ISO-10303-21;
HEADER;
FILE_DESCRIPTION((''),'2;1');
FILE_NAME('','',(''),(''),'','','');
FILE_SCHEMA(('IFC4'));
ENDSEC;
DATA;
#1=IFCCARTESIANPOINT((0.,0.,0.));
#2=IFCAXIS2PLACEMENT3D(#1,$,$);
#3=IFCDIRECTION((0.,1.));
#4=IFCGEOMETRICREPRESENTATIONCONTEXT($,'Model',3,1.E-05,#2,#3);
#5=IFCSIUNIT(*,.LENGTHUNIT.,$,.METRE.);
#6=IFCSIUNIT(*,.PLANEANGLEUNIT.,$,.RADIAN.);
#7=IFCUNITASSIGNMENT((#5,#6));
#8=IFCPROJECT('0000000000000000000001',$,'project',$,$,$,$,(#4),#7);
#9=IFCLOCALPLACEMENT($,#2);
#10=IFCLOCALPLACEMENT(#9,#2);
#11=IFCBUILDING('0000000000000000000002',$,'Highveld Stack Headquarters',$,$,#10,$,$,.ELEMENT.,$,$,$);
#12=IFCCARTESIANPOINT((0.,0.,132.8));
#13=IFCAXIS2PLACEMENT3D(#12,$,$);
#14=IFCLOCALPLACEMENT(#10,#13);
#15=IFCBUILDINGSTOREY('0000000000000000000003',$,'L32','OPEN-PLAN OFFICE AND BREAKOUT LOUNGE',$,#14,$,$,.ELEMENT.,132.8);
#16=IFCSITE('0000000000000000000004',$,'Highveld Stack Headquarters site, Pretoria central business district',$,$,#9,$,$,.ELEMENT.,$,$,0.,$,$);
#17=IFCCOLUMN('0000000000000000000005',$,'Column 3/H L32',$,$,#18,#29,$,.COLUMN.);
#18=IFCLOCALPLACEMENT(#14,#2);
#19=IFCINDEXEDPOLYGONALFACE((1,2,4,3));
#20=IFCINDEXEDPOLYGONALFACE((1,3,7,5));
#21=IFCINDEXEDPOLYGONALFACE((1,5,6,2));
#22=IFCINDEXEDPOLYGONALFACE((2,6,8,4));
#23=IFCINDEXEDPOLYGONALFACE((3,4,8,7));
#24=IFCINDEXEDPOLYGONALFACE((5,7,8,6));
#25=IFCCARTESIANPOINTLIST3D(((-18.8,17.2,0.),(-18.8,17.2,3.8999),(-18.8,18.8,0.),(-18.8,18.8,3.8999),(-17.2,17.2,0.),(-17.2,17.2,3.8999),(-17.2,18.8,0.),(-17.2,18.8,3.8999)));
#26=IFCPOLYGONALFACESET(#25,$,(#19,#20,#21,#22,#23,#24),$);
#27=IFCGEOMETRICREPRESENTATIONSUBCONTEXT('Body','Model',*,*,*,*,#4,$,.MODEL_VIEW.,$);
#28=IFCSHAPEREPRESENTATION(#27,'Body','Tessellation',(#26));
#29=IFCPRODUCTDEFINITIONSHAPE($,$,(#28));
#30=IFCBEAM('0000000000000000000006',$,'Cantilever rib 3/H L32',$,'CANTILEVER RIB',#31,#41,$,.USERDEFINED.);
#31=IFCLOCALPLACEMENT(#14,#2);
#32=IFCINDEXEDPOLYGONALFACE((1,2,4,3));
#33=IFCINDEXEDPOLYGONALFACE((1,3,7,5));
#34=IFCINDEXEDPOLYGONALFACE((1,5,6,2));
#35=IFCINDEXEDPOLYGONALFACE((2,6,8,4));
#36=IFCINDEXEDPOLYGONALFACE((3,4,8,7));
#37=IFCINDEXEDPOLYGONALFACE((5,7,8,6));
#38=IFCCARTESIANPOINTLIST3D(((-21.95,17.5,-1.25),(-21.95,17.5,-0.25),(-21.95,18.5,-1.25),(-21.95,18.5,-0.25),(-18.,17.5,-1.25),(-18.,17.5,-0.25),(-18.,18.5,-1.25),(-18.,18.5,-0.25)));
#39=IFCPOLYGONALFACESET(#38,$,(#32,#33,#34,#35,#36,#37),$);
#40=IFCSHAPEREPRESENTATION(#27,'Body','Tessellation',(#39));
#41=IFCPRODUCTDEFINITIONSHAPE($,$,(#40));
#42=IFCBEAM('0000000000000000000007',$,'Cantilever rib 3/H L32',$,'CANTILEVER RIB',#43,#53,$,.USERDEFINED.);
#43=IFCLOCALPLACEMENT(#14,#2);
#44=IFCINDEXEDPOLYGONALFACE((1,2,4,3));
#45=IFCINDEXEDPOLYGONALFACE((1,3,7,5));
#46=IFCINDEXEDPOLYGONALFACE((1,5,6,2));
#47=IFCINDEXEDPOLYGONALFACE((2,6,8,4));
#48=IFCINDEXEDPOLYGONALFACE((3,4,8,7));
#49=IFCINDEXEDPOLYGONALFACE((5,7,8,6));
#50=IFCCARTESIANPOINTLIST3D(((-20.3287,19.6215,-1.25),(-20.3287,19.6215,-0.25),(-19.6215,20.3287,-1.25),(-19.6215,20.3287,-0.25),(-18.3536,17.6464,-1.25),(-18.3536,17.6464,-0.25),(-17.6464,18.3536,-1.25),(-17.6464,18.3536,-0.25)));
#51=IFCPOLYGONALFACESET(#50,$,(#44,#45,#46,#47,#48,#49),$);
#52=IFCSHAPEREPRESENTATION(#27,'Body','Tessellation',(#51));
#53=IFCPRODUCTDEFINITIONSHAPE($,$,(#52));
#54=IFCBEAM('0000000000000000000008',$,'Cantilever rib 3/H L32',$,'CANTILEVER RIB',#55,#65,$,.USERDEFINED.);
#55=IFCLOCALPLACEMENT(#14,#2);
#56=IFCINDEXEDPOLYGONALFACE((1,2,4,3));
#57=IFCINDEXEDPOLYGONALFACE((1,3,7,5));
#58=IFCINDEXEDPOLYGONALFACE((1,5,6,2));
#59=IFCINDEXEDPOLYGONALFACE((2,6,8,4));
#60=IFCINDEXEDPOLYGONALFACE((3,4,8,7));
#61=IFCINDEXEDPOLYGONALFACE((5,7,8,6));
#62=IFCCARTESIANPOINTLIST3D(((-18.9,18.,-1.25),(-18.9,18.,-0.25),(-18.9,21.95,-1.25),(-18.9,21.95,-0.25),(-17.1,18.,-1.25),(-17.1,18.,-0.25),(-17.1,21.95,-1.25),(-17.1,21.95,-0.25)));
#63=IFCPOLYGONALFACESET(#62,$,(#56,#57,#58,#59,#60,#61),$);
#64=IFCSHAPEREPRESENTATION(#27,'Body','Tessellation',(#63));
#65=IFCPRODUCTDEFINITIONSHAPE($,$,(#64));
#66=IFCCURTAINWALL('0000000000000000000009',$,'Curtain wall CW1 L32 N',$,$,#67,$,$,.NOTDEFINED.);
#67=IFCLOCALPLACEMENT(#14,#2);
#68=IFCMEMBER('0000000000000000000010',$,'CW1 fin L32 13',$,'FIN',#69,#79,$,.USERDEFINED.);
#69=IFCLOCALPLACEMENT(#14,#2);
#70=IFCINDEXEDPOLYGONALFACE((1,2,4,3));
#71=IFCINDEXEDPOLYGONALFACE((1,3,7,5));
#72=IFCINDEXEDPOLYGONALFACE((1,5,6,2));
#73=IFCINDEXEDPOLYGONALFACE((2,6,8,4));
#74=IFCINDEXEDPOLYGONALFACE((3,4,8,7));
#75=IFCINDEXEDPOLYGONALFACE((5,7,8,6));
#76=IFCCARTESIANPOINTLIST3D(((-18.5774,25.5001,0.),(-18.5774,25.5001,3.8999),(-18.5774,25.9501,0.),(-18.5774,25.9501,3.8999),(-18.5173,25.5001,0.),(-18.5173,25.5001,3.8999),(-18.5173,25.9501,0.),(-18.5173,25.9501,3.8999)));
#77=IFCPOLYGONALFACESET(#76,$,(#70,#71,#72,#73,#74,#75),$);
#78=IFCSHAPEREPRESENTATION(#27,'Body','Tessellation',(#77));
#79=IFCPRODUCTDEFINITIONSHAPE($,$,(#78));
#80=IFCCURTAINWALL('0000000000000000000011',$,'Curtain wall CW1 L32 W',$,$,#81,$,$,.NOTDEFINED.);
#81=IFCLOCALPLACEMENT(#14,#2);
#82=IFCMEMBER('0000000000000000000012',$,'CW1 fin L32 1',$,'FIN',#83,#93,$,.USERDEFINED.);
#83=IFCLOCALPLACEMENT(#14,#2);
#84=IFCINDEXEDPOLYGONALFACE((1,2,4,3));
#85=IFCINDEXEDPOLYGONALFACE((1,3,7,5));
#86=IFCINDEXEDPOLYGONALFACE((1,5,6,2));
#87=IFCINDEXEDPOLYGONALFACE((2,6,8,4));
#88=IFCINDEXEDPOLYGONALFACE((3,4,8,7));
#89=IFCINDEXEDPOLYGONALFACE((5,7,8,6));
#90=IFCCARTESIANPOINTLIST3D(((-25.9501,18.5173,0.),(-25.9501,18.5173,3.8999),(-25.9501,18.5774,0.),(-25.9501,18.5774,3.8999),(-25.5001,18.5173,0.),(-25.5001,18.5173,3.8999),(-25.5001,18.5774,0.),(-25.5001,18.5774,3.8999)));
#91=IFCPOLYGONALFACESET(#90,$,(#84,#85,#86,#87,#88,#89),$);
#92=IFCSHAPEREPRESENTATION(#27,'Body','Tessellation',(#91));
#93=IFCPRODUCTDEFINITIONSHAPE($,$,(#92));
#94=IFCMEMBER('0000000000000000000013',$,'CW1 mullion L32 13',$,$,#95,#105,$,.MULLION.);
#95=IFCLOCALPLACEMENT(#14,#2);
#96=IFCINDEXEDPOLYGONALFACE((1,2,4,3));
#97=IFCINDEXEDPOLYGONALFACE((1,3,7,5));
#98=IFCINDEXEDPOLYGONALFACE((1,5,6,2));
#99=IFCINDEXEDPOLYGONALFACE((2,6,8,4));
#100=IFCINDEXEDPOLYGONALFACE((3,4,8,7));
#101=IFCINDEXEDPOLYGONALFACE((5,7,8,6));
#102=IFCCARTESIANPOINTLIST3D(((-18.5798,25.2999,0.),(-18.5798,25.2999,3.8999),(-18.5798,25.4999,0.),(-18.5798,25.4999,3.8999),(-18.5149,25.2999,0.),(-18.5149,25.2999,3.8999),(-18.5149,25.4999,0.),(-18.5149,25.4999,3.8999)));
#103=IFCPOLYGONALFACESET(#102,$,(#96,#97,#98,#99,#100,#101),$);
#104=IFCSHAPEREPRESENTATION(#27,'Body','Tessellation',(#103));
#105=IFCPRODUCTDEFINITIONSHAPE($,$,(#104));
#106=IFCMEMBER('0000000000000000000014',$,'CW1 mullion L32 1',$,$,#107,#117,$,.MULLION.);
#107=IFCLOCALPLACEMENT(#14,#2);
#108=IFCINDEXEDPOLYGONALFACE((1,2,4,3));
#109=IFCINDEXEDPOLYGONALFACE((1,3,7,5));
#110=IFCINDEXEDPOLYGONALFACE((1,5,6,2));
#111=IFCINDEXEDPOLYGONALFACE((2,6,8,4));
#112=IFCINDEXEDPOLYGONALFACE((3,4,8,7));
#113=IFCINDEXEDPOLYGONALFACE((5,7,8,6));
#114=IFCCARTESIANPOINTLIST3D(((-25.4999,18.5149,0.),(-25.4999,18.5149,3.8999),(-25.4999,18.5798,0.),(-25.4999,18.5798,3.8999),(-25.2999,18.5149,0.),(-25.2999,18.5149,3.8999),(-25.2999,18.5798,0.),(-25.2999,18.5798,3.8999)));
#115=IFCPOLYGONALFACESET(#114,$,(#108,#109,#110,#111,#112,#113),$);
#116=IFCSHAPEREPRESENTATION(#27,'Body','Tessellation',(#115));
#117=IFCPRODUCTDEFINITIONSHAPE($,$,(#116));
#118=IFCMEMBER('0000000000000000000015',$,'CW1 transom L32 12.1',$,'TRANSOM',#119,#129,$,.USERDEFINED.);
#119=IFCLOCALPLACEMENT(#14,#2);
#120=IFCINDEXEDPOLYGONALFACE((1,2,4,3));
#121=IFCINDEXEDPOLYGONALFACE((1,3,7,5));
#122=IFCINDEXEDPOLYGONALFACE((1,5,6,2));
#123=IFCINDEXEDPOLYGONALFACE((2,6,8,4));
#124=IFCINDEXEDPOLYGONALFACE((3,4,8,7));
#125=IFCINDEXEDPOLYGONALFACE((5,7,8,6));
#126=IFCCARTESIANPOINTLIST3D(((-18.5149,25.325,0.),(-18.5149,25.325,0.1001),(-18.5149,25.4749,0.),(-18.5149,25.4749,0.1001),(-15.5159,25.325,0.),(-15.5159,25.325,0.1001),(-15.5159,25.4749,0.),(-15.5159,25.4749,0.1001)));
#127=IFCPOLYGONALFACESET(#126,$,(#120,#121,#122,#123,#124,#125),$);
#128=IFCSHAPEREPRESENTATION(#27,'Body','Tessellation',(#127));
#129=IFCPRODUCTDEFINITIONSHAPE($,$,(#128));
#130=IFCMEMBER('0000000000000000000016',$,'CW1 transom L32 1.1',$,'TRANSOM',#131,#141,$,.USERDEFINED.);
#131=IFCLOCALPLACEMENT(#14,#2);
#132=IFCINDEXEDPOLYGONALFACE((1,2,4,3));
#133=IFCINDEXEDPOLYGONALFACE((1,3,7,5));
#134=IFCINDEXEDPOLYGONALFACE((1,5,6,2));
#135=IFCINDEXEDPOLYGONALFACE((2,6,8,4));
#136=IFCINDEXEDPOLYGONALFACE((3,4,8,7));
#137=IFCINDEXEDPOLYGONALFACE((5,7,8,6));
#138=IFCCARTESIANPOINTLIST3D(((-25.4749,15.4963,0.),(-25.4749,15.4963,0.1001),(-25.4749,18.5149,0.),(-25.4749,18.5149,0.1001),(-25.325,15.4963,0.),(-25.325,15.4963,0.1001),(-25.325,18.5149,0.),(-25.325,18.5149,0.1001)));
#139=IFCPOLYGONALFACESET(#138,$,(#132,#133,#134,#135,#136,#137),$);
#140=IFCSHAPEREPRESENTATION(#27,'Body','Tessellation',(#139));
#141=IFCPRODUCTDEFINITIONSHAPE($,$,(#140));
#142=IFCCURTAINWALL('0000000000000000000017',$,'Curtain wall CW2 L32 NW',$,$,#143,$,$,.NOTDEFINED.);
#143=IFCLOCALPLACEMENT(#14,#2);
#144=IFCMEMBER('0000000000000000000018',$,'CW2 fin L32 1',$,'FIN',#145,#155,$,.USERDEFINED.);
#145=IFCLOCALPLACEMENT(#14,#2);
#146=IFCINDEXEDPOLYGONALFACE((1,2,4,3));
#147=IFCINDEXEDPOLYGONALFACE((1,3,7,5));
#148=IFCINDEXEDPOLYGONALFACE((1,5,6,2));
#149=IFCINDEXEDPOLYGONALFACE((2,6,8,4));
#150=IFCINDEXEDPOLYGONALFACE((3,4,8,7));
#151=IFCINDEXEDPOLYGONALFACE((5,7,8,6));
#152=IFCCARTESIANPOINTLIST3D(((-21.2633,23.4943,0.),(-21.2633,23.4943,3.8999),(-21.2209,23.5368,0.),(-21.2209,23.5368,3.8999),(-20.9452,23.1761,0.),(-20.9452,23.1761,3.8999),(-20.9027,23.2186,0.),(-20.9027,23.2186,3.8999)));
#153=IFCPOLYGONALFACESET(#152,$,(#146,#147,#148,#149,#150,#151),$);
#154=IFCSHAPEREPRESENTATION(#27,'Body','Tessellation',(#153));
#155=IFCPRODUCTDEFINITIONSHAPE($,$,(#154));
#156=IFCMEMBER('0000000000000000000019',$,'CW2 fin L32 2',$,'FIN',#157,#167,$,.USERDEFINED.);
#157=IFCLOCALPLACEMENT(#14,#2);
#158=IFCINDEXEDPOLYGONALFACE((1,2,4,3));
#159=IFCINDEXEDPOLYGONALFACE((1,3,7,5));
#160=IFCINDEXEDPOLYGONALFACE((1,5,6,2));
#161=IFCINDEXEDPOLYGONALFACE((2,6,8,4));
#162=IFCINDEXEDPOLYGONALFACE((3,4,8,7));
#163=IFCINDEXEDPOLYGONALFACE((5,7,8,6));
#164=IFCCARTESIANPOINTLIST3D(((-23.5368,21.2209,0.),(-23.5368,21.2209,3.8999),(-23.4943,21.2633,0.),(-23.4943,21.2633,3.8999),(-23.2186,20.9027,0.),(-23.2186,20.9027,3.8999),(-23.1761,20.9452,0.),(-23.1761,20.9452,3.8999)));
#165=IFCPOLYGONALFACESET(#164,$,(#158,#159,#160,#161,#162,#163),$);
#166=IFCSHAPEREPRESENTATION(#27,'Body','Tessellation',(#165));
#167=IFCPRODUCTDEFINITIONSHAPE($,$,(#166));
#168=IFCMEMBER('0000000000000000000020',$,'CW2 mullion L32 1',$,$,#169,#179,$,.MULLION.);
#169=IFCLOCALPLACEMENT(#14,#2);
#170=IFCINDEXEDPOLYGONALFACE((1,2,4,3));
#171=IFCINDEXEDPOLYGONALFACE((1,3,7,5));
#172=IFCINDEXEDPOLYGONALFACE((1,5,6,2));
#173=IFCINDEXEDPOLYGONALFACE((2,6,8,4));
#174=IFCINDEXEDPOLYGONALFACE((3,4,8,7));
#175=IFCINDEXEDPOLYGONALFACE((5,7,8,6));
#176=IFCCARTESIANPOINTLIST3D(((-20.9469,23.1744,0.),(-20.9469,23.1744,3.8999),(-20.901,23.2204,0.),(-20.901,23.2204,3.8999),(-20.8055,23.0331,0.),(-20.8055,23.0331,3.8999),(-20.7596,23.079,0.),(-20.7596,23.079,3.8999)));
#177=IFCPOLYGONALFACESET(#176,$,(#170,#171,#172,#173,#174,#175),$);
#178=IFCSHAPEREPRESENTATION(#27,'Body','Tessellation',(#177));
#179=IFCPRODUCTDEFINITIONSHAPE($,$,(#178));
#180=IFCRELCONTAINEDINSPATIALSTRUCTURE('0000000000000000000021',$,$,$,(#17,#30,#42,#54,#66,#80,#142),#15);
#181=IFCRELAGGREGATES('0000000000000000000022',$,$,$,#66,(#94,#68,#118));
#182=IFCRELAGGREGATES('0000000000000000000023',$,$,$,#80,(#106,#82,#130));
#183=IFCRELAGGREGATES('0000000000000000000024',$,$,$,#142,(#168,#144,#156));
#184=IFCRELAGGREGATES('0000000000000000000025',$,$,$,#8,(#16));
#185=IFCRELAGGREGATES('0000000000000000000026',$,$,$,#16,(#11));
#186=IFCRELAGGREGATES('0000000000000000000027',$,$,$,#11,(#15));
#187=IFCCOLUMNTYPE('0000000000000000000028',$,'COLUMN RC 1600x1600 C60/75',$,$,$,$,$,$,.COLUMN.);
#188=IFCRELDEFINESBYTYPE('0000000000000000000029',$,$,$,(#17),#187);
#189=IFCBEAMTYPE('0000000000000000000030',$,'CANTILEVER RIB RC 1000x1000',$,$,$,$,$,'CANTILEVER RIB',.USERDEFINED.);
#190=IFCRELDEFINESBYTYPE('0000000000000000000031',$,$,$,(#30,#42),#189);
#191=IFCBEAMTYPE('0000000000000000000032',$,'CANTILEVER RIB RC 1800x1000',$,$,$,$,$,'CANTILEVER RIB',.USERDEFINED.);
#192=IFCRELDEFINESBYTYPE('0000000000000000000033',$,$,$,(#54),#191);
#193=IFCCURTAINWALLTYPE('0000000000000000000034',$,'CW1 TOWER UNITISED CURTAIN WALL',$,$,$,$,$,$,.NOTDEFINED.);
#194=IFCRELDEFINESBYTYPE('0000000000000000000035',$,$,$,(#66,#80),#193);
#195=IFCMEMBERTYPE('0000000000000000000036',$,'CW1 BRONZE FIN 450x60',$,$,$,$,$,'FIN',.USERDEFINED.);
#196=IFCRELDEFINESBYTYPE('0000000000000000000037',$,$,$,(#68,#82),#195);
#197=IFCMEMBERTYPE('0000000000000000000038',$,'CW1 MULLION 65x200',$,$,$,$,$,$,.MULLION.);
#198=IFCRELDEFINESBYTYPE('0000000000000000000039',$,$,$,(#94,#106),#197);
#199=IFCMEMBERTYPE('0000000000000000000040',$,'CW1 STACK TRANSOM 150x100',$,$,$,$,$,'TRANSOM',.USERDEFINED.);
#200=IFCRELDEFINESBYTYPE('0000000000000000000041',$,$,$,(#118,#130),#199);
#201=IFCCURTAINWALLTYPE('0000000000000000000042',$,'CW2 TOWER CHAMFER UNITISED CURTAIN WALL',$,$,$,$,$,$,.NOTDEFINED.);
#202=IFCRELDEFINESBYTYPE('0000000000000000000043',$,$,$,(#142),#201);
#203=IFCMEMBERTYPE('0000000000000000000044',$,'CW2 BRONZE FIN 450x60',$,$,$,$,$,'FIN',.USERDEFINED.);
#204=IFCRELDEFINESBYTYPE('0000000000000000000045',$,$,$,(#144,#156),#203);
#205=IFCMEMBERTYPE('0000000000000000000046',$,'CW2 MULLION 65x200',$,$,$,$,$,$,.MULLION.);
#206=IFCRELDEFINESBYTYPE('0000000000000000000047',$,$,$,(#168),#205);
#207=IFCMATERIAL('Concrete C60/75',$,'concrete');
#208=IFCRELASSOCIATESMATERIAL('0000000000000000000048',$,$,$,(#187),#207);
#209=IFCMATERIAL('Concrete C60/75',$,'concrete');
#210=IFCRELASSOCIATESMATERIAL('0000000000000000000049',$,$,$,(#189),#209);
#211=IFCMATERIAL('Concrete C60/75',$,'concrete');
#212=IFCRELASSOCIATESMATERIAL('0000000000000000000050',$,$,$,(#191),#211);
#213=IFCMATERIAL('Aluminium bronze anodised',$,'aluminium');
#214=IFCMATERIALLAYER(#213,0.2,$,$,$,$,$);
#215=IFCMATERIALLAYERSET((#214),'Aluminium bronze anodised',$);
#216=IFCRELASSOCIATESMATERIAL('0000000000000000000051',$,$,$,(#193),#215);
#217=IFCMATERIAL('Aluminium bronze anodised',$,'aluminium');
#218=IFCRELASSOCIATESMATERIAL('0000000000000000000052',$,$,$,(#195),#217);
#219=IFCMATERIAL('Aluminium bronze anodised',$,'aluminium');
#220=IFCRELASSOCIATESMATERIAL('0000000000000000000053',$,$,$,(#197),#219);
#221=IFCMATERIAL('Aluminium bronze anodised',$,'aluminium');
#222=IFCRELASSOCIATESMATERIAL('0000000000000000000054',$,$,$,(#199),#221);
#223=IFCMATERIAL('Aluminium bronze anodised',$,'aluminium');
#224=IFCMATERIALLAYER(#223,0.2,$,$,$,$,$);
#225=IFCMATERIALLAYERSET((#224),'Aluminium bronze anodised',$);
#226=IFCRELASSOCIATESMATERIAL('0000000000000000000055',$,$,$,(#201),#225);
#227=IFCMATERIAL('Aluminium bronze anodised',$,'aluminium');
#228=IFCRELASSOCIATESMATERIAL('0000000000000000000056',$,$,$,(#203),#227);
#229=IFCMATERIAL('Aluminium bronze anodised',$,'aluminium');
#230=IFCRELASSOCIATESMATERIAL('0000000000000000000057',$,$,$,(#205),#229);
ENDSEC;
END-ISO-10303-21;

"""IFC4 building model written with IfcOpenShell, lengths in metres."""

from ifc_helpers import new_model, si_unit, direction, frame, origin, origin_2d, place, context, subcontext, project, spatial, rectangle, extrude, material, layer, layer_set, material_profile, profile_set, type_object, element, aggregate, save


model = new_model("IFC4")

# Units and contexts
model_context = context("Model", 3, precision=1e-05, world=origin(), true_north=direction((0.0, 1.0)))
body_context = subcontext(model_context, "Body", "Model", "MODEL_VIEW")
ifc_project = project(units=[si_unit("LENGTHUNIT", "METRE"), si_unit("PLANEANGLEUNIT", "RADIAN")], contexts=[model_context])

# Site, building, storey
site_placement = place(None, origin())
site = spatial("IfcSite", under=ifc_project, at=site_placement, Name="Highveld Stack Headquarters site, Pretoria central business district", CompositionType="ELEMENT", RefElevation=0.0)
building_placement = place(site_placement, origin())
building = spatial("IfcBuilding", under=site, at=building_placement, Name="Highveld Stack Headquarters", CompositionType="ELEMENT")
storey_placement = place(building_placement, frame((0.0, 0.0, 132.8)))
storey = spatial("IfcBuildingStorey", under=building, at=storey_placement, Name="L32", Description="OPEN-PLAN OFFICE AND BREAKOUT LOUNGE", CompositionType="ELEMENT", Elevation=132.8)

# Column
ifc_material_1 = material(Name="Concrete C60/75", Category="concrete")
ifc_material_profile_1 = material_profile(ifc_material_1, rectangle(XDim=1.6001, YDim=1.6001, at=origin_2d()), Name="RC 1600x1600")
ifc_profile_set_1 = profile_set([ifc_material_profile_1], Name="Concrete C60/75")
column_type = type_object("IfcColumnType", Name="COLUMN RC 1600x1600 C60/75", PredefinedType="COLUMN", material=ifc_profile_set_1)
column_placement = place(storey_placement, frame((-18.0, 18.0, 0.0), z_axis=(0.0, 0.0, 1.0), x_axis=(1.0, 0.0, 0.0)))
element("IfcColumn", 1, at=column_placement, inside=storey, type_object=column_type, Name="Column 3/H L32", PredefinedType="COLUMN", context=body_context, shape_type="SweptSolid", body=[
    extrude(rectangle(XDim=1.6001, YDim=1.6001, at=origin_2d()), origin(), (0.0, 0.0, 1.0), 3.8999),
])

# Beams
ifc_material_2 = material(Name="Concrete C60/75", Category="concrete")
ifc_material_profile_2 = material_profile(ifc_material_2, rectangle(XDim=1.0, YDim=1.0, at=origin_2d()), Name="RC 1000x1000")
ifc_profile_set_2 = profile_set([ifc_material_profile_2], Name="Concrete C60/75")
beam_type_1 = type_object("IfcBeamType", Name="CANTILEVER RIB RC 1000x1000", ElementType="CANTILEVER RIB", PredefinedType="USERDEFINED", material=ifc_profile_set_2)
beam_1_placement = place(storey_placement, frame((-18.0, 18.0, -0.75), z_axis=(-1.0, 0.0, 0.0), x_axis=(0.0, -1.0, 0.0)))
element("IfcBeam", 2, at=beam_1_placement, inside=storey, type_object=beam_type_1, Name="Cantilever rib 3/H L32", ObjectType="CANTILEVER RIB", PredefinedType="USERDEFINED", context=body_context, shape_type="SweptSolid", body=[
    extrude(rectangle(XDim=1.0, YDim=1.0, at=origin_2d()), origin(), (0.0, 0.0, 1.0), 3.95),
])
beam_2_placement = place(storey_placement, frame((-18.0, 18.0, -0.75), z_axis=(-0.707107, 0.707107, 0.0), x_axis=(-0.707107, -0.707107, 0.0)))
element("IfcBeam", 3, at=beam_2_placement, inside=storey, type_object=beam_type_1, Name="Cantilever rib 3/H L32", ObjectType="CANTILEVER RIB", PredefinedType="USERDEFINED", context=body_context, shape_type="SweptSolid", body=[
    extrude(rectangle(XDim=1.0, YDim=1.0, at=origin_2d()), origin(), (0.0, 0.0, 1.0), 2.7932),
])
ifc_material_3 = material(Name="Concrete C60/75", Category="concrete")
ifc_material_profile_3 = material_profile(ifc_material_3, rectangle(XDim=1.8, YDim=1.0, at=origin_2d()), Name="RC 1800x1000")
ifc_profile_set_3 = profile_set([ifc_material_profile_3], Name="Concrete C60/75")
beam_type_2 = type_object("IfcBeamType", Name="CANTILEVER RIB RC 1800x1000", ElementType="CANTILEVER RIB", PredefinedType="USERDEFINED", material=ifc_profile_set_3)
beam_3_placement = place(storey_placement, frame((-18.0, 18.0, -0.75), z_axis=(0.0, 1.0, 0.0), x_axis=(-1.0, 0.0, 0.0)))
element("IfcBeam", 4, at=beam_3_placement, inside=storey, type_object=beam_type_2, Name="Cantilever rib 3/H L32", ObjectType="CANTILEVER RIB", PredefinedType="USERDEFINED", context=body_context, shape_type="SweptSolid", body=[
    extrude(rectangle(XDim=1.8, YDim=1.0, at=origin_2d()), origin(), (0.0, 0.0, 1.0), 3.95),
])

# Curtain walls, members
ifc_material_4 = material(Name="Aluminium bronze anodised", Category="aluminium")
ifc_layer_1 = layer(ifc_material_4, 0.2)
ifc_layer_set_1 = layer_set([ifc_layer_1], Name="Aluminium bronze anodised")
curtain_wall_type_1 = type_object("IfcCurtainWallType", Name="CW1 TOWER UNITISED CURTAIN WALL", PredefinedType="NOTDEFINED", material=ifc_layer_set_1)
curtain_wall_1_placement = place(storey_placement, origin())
curtain_wall_1 = element("IfcCurtainWall", 5, at=curtain_wall_1_placement, inside=storey, type_object=curtain_wall_type_1, Name="Curtain wall CW1 L32 N", PredefinedType="NOTDEFINED")
ifc_material_5 = material(Name="Aluminium bronze anodised", Category="aluminium")
ifc_material_profile_4 = material_profile(ifc_material_5, rectangle(XDim=0.45, YDim=0.0601, at=origin_2d()), Name="FIN 450x60")
ifc_profile_set_4 = profile_set([ifc_material_profile_4], Name="Aluminium bronze anodised")
member_type_1 = type_object("IfcMemberType", Name="CW1 BRONZE FIN 450x60", ElementType="FIN", PredefinedType="USERDEFINED", material=ifc_profile_set_4)
member_1_placement = place(storey_placement, frame((-18.5474, 25.7251, 0.0), z_axis=(0.0, 0.0, 1.0), x_axis=(0.0, -1.0, 0.0)))
member_1 = element("IfcMember", 6, at=member_1_placement, type_object=member_type_1, Name="CW1 fin L32 13", ObjectType="FIN", PredefinedType="USERDEFINED", context=body_context, shape_type="SweptSolid", body=[
    extrude(rectangle(XDim=0.45, YDim=0.0601, at=origin_2d()), origin(), (0.0, 0.0, 1.0), 3.8999),
])
curtain_wall_2_placement = place(storey_placement, origin())
curtain_wall_2 = element("IfcCurtainWall", 7, at=curtain_wall_2_placement, inside=storey, type_object=curtain_wall_type_1, Name="Curtain wall CW1 L32 W", PredefinedType="NOTDEFINED")
member_2_placement = place(storey_placement, frame((-25.7251, 18.5474, 0.0), z_axis=(0.0, 0.0, 1.0), x_axis=(1.0, 0.0, 0.0)))
member_2 = element("IfcMember", 8, at=member_2_placement, type_object=member_type_1, Name="CW1 fin L32 1", ObjectType="FIN", PredefinedType="USERDEFINED", context=body_context, shape_type="SweptSolid", body=[
    extrude(rectangle(XDim=0.45, YDim=0.0601, at=origin_2d()), origin(), (0.0, 0.0, 1.0), 3.8999),
])

# Members
ifc_material_6 = material(Name="Aluminium bronze anodised", Category="aluminium")
ifc_material_profile_5 = material_profile(ifc_material_6, rectangle(XDim=0.2, YDim=0.0649, at=origin_2d()), Name="CW1 MULLION 65x200")
ifc_profile_set_5 = profile_set([ifc_material_profile_5], Name="Aluminium bronze anodised")
member_type_2 = type_object("IfcMemberType", Name="CW1 MULLION 65x200", PredefinedType="MULLION", material=ifc_profile_set_5)
member_3_placement = place(storey_placement, frame((-18.5474, 25.3999, 0.0), z_axis=(0.0, 0.0, 1.0), x_axis=(0.0, -1.0, 0.0)))
member_3 = element("IfcMember", 9, at=member_3_placement, type_object=member_type_2, Name="CW1 mullion L32 13", PredefinedType="MULLION", context=body_context, shape_type="SweptSolid", body=[
    extrude(rectangle(XDim=0.2, YDim=0.0649, at=origin_2d()), origin(), (0.0, 0.0, 1.0), 3.8999),
])
member_4_placement = place(storey_placement, frame((-25.3999, 18.5474, 0.0), z_axis=(0.0, 0.0, 1.0), x_axis=(1.0, 0.0, 0.0)))
member_4 = element("IfcMember", 10, at=member_4_placement, type_object=member_type_2, Name="CW1 mullion L32 1", PredefinedType="MULLION", context=body_context, shape_type="SweptSolid", body=[
    extrude(rectangle(XDim=0.2, YDim=0.0649, at=origin_2d()), origin(), (0.0, 0.0, 1.0), 3.8999),
])
ifc_material_7 = material(Name="Aluminium bronze anodised", Category="aluminium")
ifc_material_profile_6 = material_profile(ifc_material_7, rectangle(XDim=0.1499, YDim=0.1001, at=origin_2d()), Name="CW1 TRANSOM 150x100")
ifc_profile_set_6 = profile_set([ifc_material_profile_6], Name="Aluminium bronze anodised")
member_type_3 = type_object("IfcMemberType", Name="CW1 STACK TRANSOM 150x100", ElementType="TRANSOM", PredefinedType="USERDEFINED", material=ifc_profile_set_6)
member_5_placement = place(storey_placement, frame((-15.5159, 25.3999, 0.05), z_axis=(-1.0, 0.0, 0.0), x_axis=(0.0, -1.0, 0.0)))
member_5 = element("IfcMember", 11, at=member_5_placement, type_object=member_type_3, Name="CW1 transom L32 12.1", ObjectType="TRANSOM", PredefinedType="USERDEFINED", context=body_context, shape_type="SweptSolid", body=[
    extrude(rectangle(XDim=0.1499, YDim=0.1001, at=origin_2d()), origin(), (0.0, 0.0, 1.0), 2.999),
])
member_6_placement = place(storey_placement, frame((-25.3999, 18.5149, 0.05), z_axis=(0.0, -1.0, 0.0), x_axis=(1.0, 0.0, 0.0)))
member_6 = element("IfcMember", 12, at=member_6_placement, type_object=member_type_3, Name="CW1 transom L32 1.1", ObjectType="TRANSOM", PredefinedType="USERDEFINED", context=body_context, shape_type="SweptSolid", body=[
    extrude(rectangle(XDim=0.1499, YDim=0.1001, at=origin_2d()), origin(), (0.0, 0.0, 1.0), 3.0186),
])

# Curtain wall, members
ifc_material_8 = material(Name="Aluminium bronze anodised", Category="aluminium")
ifc_layer_2 = layer(ifc_material_8, 0.2)
ifc_layer_set_2 = layer_set([ifc_layer_2], Name="Aluminium bronze anodised")
curtain_wall_type_2 = type_object("IfcCurtainWallType", Name="CW2 TOWER CHAMFER UNITISED CURTAIN WALL", PredefinedType="NOTDEFINED", material=ifc_layer_set_2)
curtain_wall_3_placement = place(storey_placement, origin())
curtain_wall_3 = element("IfcCurtainWall", 13, at=curtain_wall_3_placement, inside=storey, type_object=curtain_wall_type_2, Name="Curtain wall CW2 L32 NW", PredefinedType="NOTDEFINED")
ifc_material_9 = material(Name="Aluminium bronze anodised", Category="aluminium")
ifc_material_profile_7 = material_profile(ifc_material_9, rectangle(XDim=0.45, YDim=0.0601, at=origin_2d()), Name="FIN 450x60")
ifc_profile_set_7 = profile_set([ifc_material_profile_7], Name="Aluminium bronze anodised")
member_type_4 = type_object("IfcMemberType", Name="CW2 BRONZE FIN 450x60", ElementType="FIN", PredefinedType="USERDEFINED", material=ifc_profile_set_7)
member_7_placement = place(storey_placement, frame((-21.083, 23.3564, 0.0), z_axis=(0.0, 0.0, 1.0), x_axis=(0.707107, -0.707107, 0.0)))
member_7 = element("IfcMember", 14, at=member_7_placement, type_object=member_type_4, Name="CW2 fin L32 1", ObjectType="FIN", PredefinedType="USERDEFINED", context=body_context, shape_type="SweptSolid", body=[
    extrude(rectangle(XDim=0.45, YDim=0.0601, at=origin_2d()), origin(), (0.0, 0.0, 1.0), 3.8999),
])
member_8_placement = place(storey_placement, frame((-23.3564, 21.083, 0.0), z_axis=(0.0, 0.0, 1.0), x_axis=(0.707107, -0.707107, 0.0)))
member_8 = element("IfcMember", 15, at=member_8_placement, type_object=member_type_4, Name="CW2 fin L32 2", ObjectType="FIN", PredefinedType="USERDEFINED", context=body_context, shape_type="SweptSolid", body=[
    extrude(rectangle(XDim=0.45, YDim=0.0601, at=origin_2d()), origin(), (0.0, 0.0, 1.0), 3.8999),
])
ifc_material_10 = material(Name="Aluminium bronze anodised", Category="aluminium")
ifc_material_profile_8 = material_profile(ifc_material_10, rectangle(XDim=0.2, YDim=0.0649, at=origin_2d()), Name="CW2 MULLION 65x200")
ifc_profile_set_8 = profile_set([ifc_material_profile_8], Name="Aluminium bronze anodised")
member_type_5 = type_object("IfcMemberType", Name="CW2 MULLION 65x200", PredefinedType="MULLION", material=ifc_profile_set_8)
member_9_placement = place(storey_placement, frame((-20.8533, 23.1267, 0.0), z_axis=(0.0, 0.0, 1.0), x_axis=(0.707107, -0.707107, 0.0)))
member_9 = element("IfcMember", 16, at=member_9_placement, type_object=member_type_5, Name="CW2 mullion L32 1", PredefinedType="MULLION", context=body_context, shape_type="SweptSolid", body=[
    extrude(rectangle(XDim=0.2, YDim=0.0649, at=origin_2d()), origin(), (0.0, 0.0, 1.0), 3.8999),
])

aggregate(curtain_wall_1, [member_3, member_1, member_5])
aggregate(curtain_wall_2, [member_4, member_2, member_6])
aggregate(curtain_wall_3, [member_9, member_7, member_8])

save(model, "model.ifc")
